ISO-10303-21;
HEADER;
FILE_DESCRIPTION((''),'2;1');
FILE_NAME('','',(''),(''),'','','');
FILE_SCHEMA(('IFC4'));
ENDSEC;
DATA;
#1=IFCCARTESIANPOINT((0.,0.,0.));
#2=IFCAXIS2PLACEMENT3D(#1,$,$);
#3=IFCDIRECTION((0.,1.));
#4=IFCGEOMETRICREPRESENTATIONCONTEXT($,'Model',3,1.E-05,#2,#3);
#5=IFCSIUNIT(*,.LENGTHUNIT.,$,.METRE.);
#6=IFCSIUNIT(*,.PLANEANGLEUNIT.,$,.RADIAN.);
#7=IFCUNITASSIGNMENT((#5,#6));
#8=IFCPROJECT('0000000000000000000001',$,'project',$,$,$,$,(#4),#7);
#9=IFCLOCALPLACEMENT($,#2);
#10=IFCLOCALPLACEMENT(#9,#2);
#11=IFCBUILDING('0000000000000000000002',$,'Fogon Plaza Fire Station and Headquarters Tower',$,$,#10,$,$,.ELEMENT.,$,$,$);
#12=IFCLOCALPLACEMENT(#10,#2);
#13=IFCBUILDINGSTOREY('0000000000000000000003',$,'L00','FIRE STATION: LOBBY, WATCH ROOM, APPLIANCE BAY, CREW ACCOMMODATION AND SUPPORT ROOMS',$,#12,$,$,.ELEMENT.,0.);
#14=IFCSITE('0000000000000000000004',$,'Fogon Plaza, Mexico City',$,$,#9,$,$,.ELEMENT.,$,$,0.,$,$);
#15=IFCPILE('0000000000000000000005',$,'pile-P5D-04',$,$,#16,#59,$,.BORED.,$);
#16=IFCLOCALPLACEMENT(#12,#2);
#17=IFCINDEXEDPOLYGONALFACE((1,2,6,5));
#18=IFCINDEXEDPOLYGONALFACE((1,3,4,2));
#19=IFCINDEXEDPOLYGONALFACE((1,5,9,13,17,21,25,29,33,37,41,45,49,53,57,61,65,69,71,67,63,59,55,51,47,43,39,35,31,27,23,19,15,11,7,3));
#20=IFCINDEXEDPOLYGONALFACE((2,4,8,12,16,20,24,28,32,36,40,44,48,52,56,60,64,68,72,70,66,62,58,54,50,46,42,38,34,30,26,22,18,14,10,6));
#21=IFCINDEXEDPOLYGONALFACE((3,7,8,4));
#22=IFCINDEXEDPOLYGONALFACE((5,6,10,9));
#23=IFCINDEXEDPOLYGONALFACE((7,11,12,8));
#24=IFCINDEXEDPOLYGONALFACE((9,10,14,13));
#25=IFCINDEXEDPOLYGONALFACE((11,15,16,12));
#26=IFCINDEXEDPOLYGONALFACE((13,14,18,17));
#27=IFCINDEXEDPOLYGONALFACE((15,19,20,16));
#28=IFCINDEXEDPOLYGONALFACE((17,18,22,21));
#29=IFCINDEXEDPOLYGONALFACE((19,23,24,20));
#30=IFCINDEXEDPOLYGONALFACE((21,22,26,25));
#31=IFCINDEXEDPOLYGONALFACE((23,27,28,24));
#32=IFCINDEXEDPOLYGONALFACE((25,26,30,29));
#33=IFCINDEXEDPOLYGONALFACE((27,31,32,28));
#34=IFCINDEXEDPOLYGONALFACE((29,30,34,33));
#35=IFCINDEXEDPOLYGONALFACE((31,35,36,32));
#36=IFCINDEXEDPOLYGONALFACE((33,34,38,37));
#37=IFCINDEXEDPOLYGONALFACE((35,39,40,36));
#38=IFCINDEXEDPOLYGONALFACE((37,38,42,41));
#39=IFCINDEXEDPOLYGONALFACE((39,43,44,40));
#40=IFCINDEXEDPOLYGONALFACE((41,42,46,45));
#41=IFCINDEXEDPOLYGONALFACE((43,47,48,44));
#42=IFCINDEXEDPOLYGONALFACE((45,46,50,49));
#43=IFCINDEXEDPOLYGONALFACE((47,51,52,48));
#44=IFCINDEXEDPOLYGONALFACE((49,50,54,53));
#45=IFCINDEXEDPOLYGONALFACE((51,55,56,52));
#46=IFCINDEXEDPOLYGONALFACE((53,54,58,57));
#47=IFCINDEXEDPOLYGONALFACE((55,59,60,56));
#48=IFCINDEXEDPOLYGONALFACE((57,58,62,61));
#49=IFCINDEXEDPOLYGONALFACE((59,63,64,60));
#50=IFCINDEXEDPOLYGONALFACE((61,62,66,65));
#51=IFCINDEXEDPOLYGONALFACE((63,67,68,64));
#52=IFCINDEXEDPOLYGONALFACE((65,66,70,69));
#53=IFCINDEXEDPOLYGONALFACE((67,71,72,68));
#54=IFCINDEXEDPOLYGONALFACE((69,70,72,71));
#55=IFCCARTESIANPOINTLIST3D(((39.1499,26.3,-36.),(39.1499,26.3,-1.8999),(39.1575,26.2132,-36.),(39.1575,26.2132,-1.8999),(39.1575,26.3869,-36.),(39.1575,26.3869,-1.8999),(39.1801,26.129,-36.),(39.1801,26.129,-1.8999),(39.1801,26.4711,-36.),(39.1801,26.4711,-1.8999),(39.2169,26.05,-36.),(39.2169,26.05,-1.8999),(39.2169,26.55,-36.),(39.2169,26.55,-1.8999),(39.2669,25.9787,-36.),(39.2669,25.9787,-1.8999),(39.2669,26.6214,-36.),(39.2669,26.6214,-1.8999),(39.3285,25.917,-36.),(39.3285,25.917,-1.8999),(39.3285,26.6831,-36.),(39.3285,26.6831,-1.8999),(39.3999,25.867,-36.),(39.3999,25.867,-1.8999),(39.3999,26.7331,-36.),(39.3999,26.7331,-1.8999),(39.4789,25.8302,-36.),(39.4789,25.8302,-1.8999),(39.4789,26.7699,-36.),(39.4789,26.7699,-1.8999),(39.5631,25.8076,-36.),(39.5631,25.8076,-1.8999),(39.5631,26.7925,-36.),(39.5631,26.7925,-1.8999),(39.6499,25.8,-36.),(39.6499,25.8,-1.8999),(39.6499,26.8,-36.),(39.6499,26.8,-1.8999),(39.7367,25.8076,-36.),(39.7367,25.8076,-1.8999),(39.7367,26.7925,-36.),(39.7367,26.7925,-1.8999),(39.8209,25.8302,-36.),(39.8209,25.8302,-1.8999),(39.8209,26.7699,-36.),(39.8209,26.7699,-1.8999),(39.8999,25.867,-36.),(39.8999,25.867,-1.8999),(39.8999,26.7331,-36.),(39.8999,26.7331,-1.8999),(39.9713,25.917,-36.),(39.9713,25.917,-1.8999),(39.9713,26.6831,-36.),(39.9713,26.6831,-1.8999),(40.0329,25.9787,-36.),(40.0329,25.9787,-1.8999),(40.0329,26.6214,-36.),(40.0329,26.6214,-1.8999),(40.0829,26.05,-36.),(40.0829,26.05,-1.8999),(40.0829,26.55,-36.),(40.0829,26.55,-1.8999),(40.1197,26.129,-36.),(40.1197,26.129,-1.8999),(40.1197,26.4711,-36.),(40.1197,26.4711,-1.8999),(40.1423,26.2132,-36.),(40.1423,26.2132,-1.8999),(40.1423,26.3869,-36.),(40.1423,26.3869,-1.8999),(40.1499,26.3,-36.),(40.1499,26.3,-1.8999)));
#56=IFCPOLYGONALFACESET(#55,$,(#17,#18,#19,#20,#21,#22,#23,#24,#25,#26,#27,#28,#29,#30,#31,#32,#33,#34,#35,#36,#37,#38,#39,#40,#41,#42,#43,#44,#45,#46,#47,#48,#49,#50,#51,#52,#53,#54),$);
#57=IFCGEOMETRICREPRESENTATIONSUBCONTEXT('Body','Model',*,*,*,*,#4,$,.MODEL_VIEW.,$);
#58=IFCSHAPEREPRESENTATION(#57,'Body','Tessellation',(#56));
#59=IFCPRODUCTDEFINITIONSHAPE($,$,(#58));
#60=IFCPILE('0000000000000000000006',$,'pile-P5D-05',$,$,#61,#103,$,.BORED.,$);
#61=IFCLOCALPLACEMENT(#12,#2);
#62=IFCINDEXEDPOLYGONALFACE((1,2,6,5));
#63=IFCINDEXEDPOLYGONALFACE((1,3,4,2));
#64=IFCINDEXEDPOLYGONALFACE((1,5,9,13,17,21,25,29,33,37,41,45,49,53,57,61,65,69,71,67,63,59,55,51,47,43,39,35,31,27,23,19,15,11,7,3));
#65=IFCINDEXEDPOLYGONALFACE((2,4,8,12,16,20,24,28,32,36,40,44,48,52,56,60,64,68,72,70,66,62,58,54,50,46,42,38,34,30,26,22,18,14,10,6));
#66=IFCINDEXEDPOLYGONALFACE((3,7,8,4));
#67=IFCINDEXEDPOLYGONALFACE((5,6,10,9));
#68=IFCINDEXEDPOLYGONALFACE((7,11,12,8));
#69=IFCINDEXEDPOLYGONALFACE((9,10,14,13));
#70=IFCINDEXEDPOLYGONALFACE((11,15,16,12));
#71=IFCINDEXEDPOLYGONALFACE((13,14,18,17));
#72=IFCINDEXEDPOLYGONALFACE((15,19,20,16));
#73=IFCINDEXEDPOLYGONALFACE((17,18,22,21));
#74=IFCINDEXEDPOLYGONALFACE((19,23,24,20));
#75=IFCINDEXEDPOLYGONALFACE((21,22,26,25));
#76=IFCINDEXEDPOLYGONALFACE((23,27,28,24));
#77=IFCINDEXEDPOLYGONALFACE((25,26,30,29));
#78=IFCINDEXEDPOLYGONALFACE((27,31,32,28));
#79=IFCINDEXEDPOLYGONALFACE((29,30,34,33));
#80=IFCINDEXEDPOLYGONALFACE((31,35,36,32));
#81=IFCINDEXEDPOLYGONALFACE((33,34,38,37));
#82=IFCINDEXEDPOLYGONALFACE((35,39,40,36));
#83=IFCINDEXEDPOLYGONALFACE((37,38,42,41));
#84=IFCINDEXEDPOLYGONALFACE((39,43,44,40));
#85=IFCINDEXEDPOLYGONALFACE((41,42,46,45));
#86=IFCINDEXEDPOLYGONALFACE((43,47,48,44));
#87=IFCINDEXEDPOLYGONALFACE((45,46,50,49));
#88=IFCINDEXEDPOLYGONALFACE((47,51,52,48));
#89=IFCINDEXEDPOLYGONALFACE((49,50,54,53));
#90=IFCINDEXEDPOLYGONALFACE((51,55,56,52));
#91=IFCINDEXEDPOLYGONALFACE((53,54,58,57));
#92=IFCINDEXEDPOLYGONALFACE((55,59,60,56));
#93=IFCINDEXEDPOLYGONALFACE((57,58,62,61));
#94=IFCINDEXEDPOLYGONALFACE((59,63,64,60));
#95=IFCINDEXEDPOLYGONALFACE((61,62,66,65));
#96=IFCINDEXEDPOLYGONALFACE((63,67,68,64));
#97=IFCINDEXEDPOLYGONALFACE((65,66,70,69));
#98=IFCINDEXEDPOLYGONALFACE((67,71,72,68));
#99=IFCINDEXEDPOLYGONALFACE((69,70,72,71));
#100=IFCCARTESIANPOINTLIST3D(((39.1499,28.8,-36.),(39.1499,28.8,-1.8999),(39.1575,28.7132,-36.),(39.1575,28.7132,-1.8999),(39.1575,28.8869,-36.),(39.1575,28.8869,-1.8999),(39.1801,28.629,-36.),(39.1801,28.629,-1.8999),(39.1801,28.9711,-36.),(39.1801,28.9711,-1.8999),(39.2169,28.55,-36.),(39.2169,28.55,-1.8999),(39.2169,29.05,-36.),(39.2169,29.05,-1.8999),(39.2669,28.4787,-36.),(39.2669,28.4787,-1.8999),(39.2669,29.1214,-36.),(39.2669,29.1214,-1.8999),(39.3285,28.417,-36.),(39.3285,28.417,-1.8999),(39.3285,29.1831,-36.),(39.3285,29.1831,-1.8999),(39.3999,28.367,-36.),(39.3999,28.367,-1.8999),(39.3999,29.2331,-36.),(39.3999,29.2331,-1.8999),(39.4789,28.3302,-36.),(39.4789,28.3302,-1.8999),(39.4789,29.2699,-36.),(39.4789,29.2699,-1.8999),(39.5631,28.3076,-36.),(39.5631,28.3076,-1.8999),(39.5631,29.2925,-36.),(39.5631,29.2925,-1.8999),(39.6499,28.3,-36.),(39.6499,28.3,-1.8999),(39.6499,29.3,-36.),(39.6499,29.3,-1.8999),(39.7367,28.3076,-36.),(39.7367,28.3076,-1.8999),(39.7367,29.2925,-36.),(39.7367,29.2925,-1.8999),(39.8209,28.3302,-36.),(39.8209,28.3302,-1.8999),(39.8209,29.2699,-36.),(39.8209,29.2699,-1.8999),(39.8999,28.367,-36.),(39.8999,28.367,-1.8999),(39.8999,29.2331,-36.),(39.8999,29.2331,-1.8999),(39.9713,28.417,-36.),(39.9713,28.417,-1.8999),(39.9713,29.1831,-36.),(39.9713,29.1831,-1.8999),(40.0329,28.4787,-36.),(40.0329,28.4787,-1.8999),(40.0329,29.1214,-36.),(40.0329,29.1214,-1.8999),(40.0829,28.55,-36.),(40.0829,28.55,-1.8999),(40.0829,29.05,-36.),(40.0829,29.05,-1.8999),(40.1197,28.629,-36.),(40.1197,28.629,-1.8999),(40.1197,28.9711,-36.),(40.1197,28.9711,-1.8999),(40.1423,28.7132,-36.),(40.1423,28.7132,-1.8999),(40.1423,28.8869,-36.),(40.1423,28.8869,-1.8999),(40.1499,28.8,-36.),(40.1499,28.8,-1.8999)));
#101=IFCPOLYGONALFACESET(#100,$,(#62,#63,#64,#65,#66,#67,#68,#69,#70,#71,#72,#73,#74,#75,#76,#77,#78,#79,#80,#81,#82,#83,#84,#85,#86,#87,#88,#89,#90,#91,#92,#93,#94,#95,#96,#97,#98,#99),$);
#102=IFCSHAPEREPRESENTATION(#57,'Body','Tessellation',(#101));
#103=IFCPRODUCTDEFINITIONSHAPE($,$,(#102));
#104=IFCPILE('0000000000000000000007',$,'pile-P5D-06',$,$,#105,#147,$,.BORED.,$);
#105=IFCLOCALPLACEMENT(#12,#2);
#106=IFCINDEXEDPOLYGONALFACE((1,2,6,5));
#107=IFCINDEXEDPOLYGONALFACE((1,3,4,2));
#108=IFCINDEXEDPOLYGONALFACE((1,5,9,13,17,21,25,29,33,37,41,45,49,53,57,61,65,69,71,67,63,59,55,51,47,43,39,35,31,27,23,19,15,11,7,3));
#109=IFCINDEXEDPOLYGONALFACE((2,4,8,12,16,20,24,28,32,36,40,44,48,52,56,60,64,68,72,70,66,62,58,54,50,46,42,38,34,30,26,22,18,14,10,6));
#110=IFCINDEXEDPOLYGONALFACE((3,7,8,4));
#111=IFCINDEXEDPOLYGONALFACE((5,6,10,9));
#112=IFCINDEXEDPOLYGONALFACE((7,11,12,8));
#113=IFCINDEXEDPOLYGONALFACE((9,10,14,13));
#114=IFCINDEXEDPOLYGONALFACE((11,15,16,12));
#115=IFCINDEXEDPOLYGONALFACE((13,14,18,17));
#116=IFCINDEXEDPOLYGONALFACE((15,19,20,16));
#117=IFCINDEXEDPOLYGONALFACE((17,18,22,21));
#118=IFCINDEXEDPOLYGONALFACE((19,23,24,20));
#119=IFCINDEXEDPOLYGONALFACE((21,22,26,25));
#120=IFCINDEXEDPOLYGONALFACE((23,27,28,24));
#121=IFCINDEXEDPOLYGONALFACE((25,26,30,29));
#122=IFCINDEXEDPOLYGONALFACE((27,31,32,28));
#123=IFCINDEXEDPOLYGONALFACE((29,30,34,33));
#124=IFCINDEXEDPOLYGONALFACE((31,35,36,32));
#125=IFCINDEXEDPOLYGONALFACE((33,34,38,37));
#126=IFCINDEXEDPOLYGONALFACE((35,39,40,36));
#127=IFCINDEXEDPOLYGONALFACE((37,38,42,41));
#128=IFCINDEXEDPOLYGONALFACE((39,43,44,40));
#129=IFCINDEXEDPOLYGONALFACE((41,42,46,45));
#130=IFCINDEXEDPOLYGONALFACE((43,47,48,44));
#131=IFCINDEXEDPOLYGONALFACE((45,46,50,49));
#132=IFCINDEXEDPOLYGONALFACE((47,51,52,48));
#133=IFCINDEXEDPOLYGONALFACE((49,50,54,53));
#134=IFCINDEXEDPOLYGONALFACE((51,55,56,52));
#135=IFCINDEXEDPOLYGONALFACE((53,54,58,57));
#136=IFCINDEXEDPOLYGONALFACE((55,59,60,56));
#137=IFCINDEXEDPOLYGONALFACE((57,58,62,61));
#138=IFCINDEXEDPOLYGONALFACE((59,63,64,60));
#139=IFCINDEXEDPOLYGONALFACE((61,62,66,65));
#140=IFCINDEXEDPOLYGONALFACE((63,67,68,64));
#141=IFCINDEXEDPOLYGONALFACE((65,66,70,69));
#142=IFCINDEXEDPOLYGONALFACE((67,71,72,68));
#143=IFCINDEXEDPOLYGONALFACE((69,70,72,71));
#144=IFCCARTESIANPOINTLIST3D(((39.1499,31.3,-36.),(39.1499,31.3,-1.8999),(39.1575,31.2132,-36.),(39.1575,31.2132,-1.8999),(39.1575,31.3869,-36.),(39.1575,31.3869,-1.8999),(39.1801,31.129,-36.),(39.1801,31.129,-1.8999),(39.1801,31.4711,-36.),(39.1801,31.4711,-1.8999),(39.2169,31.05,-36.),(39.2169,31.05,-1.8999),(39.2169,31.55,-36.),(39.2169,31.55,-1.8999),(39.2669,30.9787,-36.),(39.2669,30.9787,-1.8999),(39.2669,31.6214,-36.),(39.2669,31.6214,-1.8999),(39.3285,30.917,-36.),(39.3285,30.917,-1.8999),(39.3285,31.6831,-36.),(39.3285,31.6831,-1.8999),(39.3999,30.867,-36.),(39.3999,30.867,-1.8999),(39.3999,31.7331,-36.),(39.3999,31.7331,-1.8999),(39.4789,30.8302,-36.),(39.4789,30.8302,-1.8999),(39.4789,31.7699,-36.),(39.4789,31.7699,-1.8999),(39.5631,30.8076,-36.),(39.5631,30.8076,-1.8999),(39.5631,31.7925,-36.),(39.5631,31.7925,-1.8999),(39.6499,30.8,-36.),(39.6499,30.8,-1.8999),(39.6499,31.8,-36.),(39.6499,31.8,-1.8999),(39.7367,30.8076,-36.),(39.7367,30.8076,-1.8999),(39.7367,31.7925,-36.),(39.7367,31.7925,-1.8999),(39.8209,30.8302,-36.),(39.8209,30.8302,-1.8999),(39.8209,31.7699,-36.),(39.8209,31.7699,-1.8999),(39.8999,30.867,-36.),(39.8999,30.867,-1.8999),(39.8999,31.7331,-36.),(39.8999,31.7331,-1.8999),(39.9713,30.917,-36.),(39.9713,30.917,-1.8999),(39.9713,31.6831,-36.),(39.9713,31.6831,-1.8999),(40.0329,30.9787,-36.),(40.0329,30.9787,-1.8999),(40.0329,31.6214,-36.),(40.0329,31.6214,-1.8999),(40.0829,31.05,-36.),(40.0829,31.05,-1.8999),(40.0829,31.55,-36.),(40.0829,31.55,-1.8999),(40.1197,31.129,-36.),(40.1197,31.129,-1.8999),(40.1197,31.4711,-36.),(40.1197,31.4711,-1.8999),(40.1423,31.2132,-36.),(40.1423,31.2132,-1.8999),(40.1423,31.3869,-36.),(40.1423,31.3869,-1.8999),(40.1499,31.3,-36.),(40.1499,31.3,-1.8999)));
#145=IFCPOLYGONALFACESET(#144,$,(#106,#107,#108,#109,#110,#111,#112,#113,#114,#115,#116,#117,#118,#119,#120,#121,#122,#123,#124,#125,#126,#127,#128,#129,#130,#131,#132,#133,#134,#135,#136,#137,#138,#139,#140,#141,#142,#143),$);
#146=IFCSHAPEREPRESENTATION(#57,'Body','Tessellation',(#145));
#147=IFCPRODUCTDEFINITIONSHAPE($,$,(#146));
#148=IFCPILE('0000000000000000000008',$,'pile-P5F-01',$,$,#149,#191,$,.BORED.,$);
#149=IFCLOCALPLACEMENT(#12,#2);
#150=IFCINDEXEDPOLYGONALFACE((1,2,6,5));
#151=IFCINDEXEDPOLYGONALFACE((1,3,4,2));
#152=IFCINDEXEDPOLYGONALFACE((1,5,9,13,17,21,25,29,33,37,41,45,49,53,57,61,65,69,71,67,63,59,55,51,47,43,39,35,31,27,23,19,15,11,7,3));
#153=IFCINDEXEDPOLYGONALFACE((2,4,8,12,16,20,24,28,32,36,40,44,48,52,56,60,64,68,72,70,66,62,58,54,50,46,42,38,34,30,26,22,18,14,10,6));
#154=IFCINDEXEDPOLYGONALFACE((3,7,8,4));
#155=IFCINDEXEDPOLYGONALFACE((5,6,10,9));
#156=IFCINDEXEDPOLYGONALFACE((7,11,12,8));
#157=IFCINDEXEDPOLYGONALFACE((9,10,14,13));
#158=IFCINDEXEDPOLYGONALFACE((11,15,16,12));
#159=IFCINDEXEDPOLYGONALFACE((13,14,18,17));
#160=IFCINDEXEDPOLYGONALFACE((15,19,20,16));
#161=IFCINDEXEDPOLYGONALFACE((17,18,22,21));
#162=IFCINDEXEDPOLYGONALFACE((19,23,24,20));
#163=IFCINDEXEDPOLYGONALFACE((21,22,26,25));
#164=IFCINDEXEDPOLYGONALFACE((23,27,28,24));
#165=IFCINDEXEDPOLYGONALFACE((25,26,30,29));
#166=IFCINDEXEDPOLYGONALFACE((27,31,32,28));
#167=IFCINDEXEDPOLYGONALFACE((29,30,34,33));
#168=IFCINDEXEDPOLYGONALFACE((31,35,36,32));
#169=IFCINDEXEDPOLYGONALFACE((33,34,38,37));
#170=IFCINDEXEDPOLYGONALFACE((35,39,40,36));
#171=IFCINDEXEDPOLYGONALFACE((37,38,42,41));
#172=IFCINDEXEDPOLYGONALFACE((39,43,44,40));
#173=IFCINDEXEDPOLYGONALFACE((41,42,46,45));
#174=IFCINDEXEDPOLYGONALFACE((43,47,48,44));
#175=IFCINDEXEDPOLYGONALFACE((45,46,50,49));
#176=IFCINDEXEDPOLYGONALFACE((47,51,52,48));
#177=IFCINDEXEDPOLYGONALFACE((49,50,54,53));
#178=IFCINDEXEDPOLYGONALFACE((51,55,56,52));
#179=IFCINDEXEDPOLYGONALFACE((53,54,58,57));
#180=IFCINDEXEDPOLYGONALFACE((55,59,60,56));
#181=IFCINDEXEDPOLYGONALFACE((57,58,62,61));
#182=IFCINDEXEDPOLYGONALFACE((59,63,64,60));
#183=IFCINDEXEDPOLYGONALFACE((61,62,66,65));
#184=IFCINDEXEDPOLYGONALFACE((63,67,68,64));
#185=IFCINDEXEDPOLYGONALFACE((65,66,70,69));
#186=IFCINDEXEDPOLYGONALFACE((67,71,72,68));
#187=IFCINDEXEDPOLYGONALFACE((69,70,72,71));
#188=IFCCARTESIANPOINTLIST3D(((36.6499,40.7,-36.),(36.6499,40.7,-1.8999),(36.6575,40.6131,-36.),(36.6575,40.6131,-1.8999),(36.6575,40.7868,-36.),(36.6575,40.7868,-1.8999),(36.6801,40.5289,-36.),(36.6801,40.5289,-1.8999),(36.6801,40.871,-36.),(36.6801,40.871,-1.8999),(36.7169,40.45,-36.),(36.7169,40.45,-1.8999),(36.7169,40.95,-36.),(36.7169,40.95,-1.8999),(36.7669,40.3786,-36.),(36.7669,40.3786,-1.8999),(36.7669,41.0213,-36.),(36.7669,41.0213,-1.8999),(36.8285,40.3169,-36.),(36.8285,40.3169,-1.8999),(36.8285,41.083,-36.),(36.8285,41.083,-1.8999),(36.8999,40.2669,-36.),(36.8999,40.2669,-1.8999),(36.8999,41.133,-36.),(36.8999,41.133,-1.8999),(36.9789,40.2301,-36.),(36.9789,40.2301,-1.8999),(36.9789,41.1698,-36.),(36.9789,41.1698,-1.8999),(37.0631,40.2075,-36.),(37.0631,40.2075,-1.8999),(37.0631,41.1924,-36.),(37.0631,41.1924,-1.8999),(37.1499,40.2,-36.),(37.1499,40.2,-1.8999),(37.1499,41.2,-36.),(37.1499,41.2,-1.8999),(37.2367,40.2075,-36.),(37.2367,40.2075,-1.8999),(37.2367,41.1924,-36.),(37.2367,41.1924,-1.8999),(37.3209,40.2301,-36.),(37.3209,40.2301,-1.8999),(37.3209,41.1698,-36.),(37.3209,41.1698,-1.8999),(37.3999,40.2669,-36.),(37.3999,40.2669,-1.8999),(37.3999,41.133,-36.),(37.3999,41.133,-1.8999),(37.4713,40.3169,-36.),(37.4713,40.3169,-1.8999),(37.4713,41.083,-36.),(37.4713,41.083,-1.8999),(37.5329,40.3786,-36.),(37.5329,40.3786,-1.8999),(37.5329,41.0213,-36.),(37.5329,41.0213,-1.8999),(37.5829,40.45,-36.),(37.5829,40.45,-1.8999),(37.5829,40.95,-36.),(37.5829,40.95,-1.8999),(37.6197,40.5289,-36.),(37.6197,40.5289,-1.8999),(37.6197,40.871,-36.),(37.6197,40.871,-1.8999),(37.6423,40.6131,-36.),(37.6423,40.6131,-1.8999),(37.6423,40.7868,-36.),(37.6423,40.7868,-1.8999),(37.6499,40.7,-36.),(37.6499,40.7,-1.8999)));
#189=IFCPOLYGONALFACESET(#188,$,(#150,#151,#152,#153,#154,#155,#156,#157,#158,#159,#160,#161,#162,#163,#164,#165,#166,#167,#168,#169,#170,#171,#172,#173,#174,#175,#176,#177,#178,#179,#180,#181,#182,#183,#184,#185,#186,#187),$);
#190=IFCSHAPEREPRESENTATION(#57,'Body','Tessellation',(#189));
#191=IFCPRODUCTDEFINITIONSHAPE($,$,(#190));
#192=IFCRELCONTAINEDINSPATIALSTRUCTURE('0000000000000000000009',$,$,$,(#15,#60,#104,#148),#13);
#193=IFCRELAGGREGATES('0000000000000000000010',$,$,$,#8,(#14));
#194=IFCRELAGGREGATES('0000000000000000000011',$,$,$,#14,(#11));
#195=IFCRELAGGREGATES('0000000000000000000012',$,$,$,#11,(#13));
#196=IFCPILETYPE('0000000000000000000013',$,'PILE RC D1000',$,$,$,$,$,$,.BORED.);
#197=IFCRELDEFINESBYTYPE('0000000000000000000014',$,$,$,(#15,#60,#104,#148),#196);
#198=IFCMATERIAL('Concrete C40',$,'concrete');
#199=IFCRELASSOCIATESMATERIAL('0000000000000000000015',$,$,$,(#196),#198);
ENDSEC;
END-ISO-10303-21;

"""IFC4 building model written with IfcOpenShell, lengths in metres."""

from ifc_helpers import new_model, si_unit, direction, frame, origin, origin_2d, place, context, subcontext, project, spatial, circle, extrude, material, material_profile, profile_set, type_object, element, save


model = new_model("IFC4")

# Units and contexts
model_context = context("Model", 3, precision=1e-05, world=origin(), true_north=direction((0.0, 1.0)))
body_context = subcontext(model_context, "Body", "Model", "MODEL_VIEW")
ifc_project = project(units=[si_unit("LENGTHUNIT", "METRE"), si_unit("PLANEANGLEUNIT", "RADIAN")], contexts=[model_context])

# Site, building, storey
site_placement = place(None, origin())
site = spatial("IfcSite", under=ifc_project, at=site_placement, Name="Fogon Plaza, Mexico City", CompositionType="ELEMENT", RefElevation=0.0)
building_placement = place(site_placement, origin())
building = spatial("IfcBuilding", under=site, at=building_placement, Name="Fogon Plaza Fire Station and Headquarters Tower", CompositionType="ELEMENT")
storey_placement = place(building_placement, origin())
storey = spatial("IfcBuildingStorey", under=building, at=storey_placement, Name="L00", Description="FIRE STATION: LOBBY, WATCH ROOM, APPLIANCE BAY, CREW ACCOMMODATION AND SUPPORT ROOMS", CompositionType="ELEMENT", Elevation=0.0)

# Piles
ifc_material_1 = material(Name="Concrete C40", Category="concrete")
ifc_material_profile_1 = material_profile(ifc_material_1, circle(Radius=0.5, at=origin_2d()), Name="RC D1000")
ifc_profile_set_1 = profile_set([ifc_material_profile_1], Name="Concrete C40")
pile_type = type_object("IfcPileType", Name="PILE RC D1000", PredefinedType="BORED", material=ifc_profile_set_1)
for number, where, z_axis, x_axis, name in (
    (1, (39.6499, 26.3, -1.8999), (0.0, 0.0, -1.0), (1.0, 0.0, 0.0), "pile-P5D-04"),
    (2, (39.6499, 28.8, -1.8999), (0.0, 0.0, -1.0), (1.0, 0.0, 0.0), "pile-P5D-05"),
    (3, (39.6499, 31.3, -1.8999), (0.0, 0.0, -1.0), (1.0, 0.0, 0.0), "pile-P5D-06"),
    (4, (37.1499, 40.7, -1.8999), (0.0, 0.0, -1.0), (1.0, 0.0, 0.0), "pile-P5F-01"),
):
    element("IfcPile", number, at=place(storey_placement, frame(where, z_axis=z_axis, x_axis=x_axis)), inside=storey, type_object=pile_type, Name=name, PredefinedType="BORED", context=body_context, shape_type="SweptSolid", body=[
        extrude(circle(Radius=0.5, at=origin_2d()), origin(), (0.0, 0.0, 1.0), 34.1001),
    ])

save(model, "model.ifc")
